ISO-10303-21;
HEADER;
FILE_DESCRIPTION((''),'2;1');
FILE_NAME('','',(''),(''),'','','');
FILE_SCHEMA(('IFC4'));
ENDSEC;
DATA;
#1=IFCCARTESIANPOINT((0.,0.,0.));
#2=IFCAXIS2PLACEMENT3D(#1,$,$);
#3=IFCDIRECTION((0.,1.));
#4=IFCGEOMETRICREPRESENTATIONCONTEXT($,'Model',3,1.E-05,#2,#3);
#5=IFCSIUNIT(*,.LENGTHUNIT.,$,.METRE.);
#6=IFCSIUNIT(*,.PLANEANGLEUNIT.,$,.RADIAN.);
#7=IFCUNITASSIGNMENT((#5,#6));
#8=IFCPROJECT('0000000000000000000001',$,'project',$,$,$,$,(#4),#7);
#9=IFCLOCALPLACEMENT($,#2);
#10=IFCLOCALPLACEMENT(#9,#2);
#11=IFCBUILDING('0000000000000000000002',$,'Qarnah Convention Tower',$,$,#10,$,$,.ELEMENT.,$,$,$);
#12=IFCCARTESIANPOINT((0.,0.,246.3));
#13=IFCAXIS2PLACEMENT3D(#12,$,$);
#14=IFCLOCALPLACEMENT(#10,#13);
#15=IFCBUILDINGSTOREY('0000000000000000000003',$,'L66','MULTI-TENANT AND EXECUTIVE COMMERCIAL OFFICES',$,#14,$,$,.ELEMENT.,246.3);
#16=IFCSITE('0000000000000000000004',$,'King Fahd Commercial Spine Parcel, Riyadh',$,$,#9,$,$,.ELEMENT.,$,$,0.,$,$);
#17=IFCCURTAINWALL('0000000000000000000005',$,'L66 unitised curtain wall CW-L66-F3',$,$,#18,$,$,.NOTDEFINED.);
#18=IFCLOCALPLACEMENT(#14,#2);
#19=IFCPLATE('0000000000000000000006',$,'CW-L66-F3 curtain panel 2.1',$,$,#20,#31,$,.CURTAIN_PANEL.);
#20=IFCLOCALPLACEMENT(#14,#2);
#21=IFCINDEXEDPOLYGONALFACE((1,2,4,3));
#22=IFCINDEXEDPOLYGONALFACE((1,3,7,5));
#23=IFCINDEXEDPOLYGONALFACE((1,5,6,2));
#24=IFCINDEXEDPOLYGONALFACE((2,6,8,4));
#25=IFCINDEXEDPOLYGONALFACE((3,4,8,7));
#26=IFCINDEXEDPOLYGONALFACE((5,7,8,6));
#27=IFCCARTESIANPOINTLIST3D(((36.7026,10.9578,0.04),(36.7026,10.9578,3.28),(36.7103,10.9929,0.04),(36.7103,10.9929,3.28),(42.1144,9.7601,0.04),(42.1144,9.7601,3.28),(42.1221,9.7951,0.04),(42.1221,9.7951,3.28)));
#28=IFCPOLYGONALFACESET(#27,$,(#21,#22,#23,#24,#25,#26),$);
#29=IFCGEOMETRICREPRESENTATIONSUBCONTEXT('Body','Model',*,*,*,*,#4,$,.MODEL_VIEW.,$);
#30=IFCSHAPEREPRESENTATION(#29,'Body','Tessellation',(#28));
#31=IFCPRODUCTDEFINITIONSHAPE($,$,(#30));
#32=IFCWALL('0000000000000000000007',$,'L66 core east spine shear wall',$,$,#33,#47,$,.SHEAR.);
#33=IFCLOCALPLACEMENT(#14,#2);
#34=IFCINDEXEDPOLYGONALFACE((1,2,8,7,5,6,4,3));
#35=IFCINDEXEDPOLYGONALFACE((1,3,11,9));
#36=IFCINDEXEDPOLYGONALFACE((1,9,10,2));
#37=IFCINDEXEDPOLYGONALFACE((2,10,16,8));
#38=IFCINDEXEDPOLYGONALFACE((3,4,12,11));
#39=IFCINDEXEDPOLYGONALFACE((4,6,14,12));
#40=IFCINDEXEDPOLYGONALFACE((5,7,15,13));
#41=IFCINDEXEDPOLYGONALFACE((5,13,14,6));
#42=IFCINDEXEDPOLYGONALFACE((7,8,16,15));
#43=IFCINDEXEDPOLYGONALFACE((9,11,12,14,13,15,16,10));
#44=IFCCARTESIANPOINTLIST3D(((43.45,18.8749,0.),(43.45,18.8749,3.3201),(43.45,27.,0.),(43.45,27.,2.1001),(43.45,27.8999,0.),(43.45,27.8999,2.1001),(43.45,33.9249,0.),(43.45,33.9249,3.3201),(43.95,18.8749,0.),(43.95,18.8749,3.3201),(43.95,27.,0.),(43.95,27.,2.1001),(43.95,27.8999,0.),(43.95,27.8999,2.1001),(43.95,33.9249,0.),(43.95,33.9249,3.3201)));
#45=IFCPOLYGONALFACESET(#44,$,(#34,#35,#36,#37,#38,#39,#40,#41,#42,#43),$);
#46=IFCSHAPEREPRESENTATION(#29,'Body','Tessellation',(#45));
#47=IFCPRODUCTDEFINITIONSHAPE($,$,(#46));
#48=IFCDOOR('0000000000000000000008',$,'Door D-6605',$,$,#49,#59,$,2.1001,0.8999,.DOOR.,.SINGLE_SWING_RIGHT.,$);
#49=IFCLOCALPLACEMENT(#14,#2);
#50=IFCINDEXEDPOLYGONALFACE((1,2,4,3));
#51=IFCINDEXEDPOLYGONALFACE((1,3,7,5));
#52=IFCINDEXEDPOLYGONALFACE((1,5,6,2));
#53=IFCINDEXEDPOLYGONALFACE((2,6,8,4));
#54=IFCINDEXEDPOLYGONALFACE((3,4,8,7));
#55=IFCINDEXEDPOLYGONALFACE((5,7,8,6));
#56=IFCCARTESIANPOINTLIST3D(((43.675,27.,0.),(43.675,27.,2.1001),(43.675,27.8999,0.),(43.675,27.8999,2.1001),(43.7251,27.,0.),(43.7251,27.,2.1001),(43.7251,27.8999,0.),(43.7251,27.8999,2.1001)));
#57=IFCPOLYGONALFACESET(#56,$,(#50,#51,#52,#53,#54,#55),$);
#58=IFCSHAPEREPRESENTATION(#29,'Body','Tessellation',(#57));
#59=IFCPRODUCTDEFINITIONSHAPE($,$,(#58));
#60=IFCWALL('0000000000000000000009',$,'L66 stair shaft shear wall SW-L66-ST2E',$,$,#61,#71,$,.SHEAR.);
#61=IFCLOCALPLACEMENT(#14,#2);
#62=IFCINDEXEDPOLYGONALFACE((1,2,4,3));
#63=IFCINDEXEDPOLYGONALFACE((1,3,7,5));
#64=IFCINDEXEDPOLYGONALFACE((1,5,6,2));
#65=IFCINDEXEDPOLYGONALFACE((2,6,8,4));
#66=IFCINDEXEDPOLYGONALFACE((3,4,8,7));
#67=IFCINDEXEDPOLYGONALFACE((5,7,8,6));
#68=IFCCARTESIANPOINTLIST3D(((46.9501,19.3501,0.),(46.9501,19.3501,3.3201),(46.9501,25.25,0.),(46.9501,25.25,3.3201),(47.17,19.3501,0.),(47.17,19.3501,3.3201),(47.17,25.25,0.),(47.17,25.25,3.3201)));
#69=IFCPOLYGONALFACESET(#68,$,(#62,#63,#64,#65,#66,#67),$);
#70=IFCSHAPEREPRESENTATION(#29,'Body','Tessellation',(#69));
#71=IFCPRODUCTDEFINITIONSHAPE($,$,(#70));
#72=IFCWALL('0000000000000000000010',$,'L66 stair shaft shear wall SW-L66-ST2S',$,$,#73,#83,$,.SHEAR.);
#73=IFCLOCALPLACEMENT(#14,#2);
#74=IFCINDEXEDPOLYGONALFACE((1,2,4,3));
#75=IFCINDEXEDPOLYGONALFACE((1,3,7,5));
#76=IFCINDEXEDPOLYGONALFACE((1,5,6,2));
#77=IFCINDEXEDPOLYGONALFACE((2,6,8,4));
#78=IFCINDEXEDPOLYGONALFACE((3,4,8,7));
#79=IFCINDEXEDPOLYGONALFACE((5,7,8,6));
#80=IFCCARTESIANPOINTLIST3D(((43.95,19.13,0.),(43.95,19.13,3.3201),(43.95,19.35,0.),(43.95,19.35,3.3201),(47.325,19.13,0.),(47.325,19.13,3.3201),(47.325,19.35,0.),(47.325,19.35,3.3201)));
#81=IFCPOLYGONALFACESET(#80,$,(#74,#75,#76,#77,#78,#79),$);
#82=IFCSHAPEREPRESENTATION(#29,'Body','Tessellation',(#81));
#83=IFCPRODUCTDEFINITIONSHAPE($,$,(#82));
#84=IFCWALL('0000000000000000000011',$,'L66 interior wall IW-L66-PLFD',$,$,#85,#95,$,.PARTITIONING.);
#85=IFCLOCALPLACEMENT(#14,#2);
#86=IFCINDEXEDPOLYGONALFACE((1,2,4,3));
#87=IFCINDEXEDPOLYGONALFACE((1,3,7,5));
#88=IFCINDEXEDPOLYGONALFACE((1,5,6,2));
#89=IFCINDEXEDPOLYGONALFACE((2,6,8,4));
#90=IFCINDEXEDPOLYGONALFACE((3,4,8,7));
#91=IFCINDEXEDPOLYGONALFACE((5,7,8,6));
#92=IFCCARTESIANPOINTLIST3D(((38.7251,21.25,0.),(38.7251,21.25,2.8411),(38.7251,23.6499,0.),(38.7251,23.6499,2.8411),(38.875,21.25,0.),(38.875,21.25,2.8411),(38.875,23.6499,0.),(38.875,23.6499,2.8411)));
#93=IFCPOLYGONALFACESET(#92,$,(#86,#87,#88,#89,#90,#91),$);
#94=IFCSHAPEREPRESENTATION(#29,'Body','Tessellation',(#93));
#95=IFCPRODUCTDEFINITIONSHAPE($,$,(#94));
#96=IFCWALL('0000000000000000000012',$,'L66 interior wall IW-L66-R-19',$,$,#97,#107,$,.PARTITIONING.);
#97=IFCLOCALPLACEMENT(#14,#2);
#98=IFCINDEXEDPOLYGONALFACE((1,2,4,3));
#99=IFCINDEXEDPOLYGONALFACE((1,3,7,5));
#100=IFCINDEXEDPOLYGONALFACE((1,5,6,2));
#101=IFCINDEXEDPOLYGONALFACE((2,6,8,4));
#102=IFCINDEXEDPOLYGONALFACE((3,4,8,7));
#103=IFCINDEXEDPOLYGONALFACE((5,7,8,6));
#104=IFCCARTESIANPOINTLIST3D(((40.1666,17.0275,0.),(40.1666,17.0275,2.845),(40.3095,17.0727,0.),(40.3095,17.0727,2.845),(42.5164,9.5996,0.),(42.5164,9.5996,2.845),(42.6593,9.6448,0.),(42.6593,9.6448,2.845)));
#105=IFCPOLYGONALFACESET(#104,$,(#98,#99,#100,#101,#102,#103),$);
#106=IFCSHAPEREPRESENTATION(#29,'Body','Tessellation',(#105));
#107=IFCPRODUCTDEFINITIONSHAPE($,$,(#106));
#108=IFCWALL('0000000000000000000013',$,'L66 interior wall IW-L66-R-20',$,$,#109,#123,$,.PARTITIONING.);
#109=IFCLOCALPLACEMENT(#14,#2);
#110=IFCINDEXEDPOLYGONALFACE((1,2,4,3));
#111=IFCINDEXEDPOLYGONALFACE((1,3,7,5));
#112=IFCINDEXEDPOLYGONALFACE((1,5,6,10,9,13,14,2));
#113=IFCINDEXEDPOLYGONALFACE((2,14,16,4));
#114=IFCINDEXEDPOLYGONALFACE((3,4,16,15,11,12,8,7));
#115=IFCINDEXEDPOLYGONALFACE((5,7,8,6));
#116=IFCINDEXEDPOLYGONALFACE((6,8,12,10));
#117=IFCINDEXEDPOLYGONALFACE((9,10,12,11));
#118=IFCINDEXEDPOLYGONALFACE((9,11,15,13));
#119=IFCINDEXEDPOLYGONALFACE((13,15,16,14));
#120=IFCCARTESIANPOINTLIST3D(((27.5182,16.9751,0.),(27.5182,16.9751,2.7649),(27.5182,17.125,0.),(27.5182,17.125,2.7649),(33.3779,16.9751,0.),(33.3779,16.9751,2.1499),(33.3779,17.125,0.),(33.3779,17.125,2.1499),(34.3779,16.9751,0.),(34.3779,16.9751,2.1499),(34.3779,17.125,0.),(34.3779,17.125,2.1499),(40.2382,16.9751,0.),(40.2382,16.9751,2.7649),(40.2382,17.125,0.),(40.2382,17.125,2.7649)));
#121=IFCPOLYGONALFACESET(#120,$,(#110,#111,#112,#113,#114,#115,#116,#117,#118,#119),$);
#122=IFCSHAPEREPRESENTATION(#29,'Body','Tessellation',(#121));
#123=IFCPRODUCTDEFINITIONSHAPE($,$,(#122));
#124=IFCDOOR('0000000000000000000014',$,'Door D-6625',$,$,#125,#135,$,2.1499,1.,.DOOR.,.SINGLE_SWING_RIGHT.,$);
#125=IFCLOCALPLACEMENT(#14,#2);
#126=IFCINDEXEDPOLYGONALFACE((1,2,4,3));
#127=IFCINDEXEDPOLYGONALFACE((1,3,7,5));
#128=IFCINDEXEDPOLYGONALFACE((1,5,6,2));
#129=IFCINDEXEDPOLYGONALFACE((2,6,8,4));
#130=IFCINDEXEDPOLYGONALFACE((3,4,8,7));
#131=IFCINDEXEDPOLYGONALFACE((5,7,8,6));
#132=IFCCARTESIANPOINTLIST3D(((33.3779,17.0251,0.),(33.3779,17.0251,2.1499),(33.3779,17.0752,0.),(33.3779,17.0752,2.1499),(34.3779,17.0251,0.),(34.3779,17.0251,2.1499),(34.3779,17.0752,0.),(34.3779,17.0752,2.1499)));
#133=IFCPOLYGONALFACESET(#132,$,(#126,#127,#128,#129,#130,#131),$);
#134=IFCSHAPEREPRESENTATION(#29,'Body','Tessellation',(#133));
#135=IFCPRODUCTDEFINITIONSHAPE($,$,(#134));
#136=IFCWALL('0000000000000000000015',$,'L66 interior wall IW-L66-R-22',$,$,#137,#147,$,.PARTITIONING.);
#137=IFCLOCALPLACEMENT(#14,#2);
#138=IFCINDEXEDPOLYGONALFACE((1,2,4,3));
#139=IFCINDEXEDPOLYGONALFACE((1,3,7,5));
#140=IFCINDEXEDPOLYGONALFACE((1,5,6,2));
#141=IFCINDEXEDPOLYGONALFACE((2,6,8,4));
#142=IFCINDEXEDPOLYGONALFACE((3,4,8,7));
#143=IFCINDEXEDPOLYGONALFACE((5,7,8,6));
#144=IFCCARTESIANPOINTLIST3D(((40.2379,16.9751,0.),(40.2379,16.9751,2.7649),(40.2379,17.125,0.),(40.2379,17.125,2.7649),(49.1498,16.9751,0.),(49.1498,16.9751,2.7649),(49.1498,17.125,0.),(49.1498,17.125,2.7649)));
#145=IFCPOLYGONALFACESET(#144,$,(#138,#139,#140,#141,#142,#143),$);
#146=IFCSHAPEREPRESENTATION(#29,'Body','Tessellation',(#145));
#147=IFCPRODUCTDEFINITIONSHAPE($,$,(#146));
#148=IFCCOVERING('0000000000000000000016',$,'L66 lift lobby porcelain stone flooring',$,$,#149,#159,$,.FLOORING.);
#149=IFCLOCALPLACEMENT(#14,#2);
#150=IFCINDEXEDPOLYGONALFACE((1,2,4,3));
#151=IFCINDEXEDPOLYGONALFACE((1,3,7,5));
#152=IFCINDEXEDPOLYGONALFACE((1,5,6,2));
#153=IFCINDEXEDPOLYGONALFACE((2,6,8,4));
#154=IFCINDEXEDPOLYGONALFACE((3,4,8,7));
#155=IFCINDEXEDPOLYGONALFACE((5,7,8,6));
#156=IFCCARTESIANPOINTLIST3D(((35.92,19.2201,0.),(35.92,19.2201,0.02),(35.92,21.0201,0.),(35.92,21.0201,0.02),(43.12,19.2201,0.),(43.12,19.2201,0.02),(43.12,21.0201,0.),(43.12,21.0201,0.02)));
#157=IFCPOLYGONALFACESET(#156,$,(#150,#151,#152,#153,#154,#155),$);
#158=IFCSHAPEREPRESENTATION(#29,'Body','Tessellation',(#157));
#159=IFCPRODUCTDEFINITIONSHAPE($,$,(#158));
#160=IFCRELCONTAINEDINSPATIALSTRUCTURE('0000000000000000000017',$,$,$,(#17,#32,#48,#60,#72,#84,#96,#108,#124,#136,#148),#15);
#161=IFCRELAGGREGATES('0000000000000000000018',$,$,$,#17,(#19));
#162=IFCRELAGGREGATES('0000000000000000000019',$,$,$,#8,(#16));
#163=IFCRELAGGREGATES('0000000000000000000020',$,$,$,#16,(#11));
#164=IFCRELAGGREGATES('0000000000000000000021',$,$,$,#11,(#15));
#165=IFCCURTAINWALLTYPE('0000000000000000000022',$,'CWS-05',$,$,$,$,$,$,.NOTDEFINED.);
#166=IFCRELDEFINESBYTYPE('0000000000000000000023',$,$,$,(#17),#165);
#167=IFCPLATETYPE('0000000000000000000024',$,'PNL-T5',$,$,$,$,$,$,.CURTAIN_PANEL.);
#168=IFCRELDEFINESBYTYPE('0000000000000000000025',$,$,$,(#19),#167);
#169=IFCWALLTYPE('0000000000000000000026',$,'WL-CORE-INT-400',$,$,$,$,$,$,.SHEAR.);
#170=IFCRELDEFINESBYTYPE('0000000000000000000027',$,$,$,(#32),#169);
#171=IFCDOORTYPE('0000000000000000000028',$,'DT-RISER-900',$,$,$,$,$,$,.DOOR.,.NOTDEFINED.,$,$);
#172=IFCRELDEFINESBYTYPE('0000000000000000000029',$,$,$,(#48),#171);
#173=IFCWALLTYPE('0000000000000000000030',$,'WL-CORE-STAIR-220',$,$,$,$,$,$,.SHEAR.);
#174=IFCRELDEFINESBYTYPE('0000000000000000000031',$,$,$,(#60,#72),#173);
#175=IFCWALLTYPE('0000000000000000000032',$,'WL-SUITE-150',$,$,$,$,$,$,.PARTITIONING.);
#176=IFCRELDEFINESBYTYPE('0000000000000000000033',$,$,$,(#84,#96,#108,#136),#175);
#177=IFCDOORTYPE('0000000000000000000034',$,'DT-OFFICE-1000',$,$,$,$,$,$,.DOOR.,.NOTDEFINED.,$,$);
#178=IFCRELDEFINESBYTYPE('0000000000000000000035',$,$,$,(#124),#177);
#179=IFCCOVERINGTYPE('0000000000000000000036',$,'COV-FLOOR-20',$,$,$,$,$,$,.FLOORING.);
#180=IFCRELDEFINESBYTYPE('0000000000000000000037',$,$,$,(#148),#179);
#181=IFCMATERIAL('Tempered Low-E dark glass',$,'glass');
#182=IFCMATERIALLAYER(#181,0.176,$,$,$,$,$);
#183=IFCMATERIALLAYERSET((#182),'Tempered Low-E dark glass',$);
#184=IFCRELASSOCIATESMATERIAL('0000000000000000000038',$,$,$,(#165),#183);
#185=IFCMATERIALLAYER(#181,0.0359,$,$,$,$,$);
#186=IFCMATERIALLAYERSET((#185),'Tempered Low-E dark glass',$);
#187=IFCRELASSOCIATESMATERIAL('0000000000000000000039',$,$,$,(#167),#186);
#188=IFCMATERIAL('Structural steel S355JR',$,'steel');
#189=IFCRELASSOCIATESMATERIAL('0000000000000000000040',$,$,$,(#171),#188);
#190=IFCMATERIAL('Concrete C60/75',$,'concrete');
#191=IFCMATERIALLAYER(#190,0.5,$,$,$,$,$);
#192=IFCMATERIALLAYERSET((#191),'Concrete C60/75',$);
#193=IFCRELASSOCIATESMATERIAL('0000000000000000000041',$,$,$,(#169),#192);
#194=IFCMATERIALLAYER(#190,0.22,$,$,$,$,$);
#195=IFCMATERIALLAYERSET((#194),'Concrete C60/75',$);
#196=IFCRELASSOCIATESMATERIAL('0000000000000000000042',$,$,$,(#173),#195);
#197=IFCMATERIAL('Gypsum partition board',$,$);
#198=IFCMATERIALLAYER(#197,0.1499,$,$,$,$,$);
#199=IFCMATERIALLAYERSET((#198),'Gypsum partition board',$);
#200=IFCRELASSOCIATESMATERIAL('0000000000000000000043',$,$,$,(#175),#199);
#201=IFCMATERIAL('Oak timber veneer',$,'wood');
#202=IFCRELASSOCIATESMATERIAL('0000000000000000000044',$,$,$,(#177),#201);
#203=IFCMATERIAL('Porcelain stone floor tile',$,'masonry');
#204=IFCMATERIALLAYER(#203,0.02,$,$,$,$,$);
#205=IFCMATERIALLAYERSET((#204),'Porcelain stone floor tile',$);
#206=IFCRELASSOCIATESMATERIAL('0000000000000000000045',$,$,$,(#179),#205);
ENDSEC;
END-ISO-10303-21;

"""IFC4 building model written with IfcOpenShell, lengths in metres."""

from ifc_helpers import new_model, si_unit, direction, frame, frame_2d, origin, origin_2d, place, context, subcontext, project, spatial, rectangle, extrude, material, layer, layer_set, type_object, element, fill, aggregate, save


model = new_model("IFC4")

# Units and contexts
model_context = context("Model", 3, precision=1e-05, world=origin(), true_north=direction((0.0, 1.0)))
body_context = subcontext(model_context, "Body", "Model", "MODEL_VIEW")
ifc_project = project(units=[si_unit("LENGTHUNIT", "METRE"), si_unit("PLANEANGLEUNIT", "RADIAN")], contexts=[model_context])

# Site, building, storey
site_placement = place(None, origin())
site = spatial("IfcSite", under=ifc_project, at=site_placement, Name="King Fahd Commercial Spine Parcel, Riyadh", CompositionType="ELEMENT", RefElevation=0.0)
building_placement = place(site_placement, origin())
building = spatial("IfcBuilding", under=site, at=building_placement, Name="Qarnah Convention Tower", CompositionType="ELEMENT")
storey_placement = place(building_placement, frame((0.0, 0.0, 246.3)))
storey = spatial("IfcBuildingStorey", under=building, at=storey_placement, Name="L66", Description="MULTI-TENANT AND EXECUTIVE COMMERCIAL OFFICES", CompositionType="ELEMENT", Elevation=246.3)

# Shared definitions
ifc_material_1 = material(Name="Structural steel S355JR", Category="steel")

# Shared definitions
ifc_material_2 = material(Name="Tempered Low-E dark glass", Category="glass")
ifc_layer_1 = layer(ifc_material_2, 0.176)
ifc_layer_set_1 = layer_set([ifc_layer_1], Name="Tempered Low-E dark glass")
curtain_wall_type = type_object("IfcCurtainWallType", Name="CWS-05", PredefinedType="NOTDEFINED", material=ifc_layer_set_1)

# Curtain wall
curtain_wall_1_placement = place(storey_placement, origin())
curtain_wall_1 = element("IfcCurtainWall", 1, at=curtain_wall_1_placement, inside=storey, type_object=curtain_wall_type, Name="L66 unitised curtain wall CW-L66-F3", PredefinedType="NOTDEFINED")

# Plate
ifc_layer_2 = layer(ifc_material_2, 0.0359)
ifc_layer_set_2 = layer_set([ifc_layer_2], Name="Tempered Low-E dark glass")
plate_type = type_object("IfcPlateType", Name="PNL-T5", PredefinedType="CURTAIN_PANEL", material=ifc_layer_set_2)
plate_1_placement = place(storey_placement, frame((39.4124, 10.3765, 0.04), z_axis=(0.0, 0.0, 1.0), x_axis=(-0.976373, 0.21609, 0.0)))
plate_1 = element("IfcPlate", 2, at=plate_1_placement, type_object=plate_type, Name="CW-L66-F3 curtain panel 2.1", PredefinedType="CURTAIN_PANEL", context=body_context, shape_type="SweptSolid", body=[
    extrude(rectangle(XDim=5.5427, YDim=0.0359, at=origin_2d()), origin(), (0.0, 0.0, 1.0), 3.24),
])
aggregate(curtain_wall_1, [plate_1])

# Shared definitions
ifc_material_3 = material(Name="Concrete C60/75", Category="concrete")
door_type_1 = type_object("IfcDoorType", Name="DT-RISER-900", OperationType="NOTDEFINED", PredefinedType="DOOR", material=ifc_material_1)

# Wall, opening, door
ifc_layer_3 = layer(ifc_material_3, 0.5)
ifc_layer_set_3 = layer_set([ifc_layer_3], Name="Concrete C60/75")
wall_type_1 = type_object("IfcWallType", Name="WL-CORE-INT-400", PredefinedType="SHEAR", material=ifc_layer_set_3)
wall_1_placement = place(storey_placement, frame((43.7, 18.875, 0.0), z_axis=(0.0, 0.0, 1.0), x_axis=(0.0, 1.0, 0.0)))
wall_1 = element("IfcWall", 3, at=wall_1_placement, inside=storey, type_object=wall_type_1, Name="L66 core east spine shear wall", PredefinedType="SHEAR", context=body_context, shape_type="SweptSolid", body=[
    extrude(rectangle(XDim=15.05, YDim=0.5, at=frame_2d((7.5249, 0.0))), origin(), (0.0, 0.0, 1.0), 3.3201),
])
opening_1_placement = place(wall_1_placement, frame((8.125, 0.0, 0.0)))
opening_1 = element("IfcOpeningElement", 4, at=opening_1_placement, cuts=wall_1, PredefinedType="OPENING", context=body_context, shape_type="SweptSolid", body=[
    extrude(rectangle(XDim=0.8999, YDim=2.1001, at=frame_2d((0.45, 1.05))), frame((0.0, 0.26, 0.0), z_axis=(0.0, -1.0, 0.0), x_axis=(1.0, 0.0, 0.0)), (0.0, 0.0, 1.0), 0.52),
])
door_1_placement = place(opening_1_placement, origin())
door_1 = element("IfcDoor", 5, at=door_1_placement, inside=storey, type_object=door_type_1, Name="Door D-6605", OperationType="SINGLE_SWING_RIGHT", OverallHeight=2.1001, OverallWidth=0.8999, PredefinedType="DOOR", context=body_context, shape_type="SweptSolid", body=[
    extrude(rectangle(XDim=0.8999, YDim=2.1001, at=frame_2d((0.45, 1.05))), frame((0.0, 0.0249, 0.0), z_axis=(0.0, -1.0, 0.0), x_axis=(1.0, 0.0, 0.0)), (0.0, 0.0, 1.0), 0.05),
])
fill(opening_1, door_1)

# Walls
ifc_layer_4 = layer(ifc_material_3, 0.22)
ifc_layer_set_4 = layer_set([ifc_layer_4], Name="Concrete C60/75")
wall_type_2 = type_object("IfcWallType", Name="WL-CORE-STAIR-220", PredefinedType="SHEAR", material=ifc_layer_set_4)
wall_2_placement = place(storey_placement, frame((47.0601, 19.3501, 0.0), z_axis=(0.0, 0.0, 1.0), x_axis=(0.0, 1.0, 0.0)))
element("IfcWall", 6, at=wall_2_placement, inside=storey, type_object=wall_type_2, Name="L66 stair shaft shear wall SW-L66-ST2E", PredefinedType="SHEAR", context=body_context, shape_type="SweptSolid", body=[
    extrude(rectangle(XDim=5.8999, YDim=0.22, at=frame_2d((2.95, 0.0))), origin(), (0.0, 0.0, 1.0), 3.3201),
])
wall_3_placement = place(storey_placement, frame((43.95, 19.24, 0.0), z_axis=(0.0, 0.0, 1.0), x_axis=(1.0, 0.0, 0.0)))
element("IfcWall", 7, at=wall_3_placement, inside=storey, type_object=wall_type_2, Name="L66 stair shaft shear wall SW-L66-ST2S", PredefinedType="SHEAR", context=body_context, shape_type="SweptSolid", body=[
    extrude(rectangle(XDim=3.375, YDim=0.22, at=frame_2d((1.6875, 0.0))), origin(), (0.0, 0.0, 1.0), 3.3201),
])

# Walls
ifc_material_4 = material(Name="Gypsum partition board")
ifc_layer_5 = layer(ifc_material_4, 0.1499)
ifc_layer_set_5 = layer_set([ifc_layer_5], Name="Gypsum partition board")
wall_type_3 = type_object("IfcWallType", Name="WL-SUITE-150", PredefinedType="PARTITIONING", material=ifc_layer_set_5)
wall_4_placement = place(storey_placement, frame((38.8, 21.25, 0.0), z_axis=(0.0, 0.0, 1.0), x_axis=(0.0, 1.0, 0.0)))
element("IfcWall", 8, at=wall_4_placement, inside=storey, type_object=wall_type_3, Name="L66 interior wall IW-L66-PLFD", PredefinedType="PARTITIONING", context=body_context, shape_type="SweptSolid", body=[
    extrude(rectangle(XDim=2.3999, YDim=0.1499, at=frame_2d((1.2, 0.0))), origin(), (0.0, 0.0, 1.0), 2.8411),
])
wall_5_placement = place(storey_placement, frame((42.5879, 9.6221, 0.0), z_axis=(0.0, 0.0, 1.0), x_axis=(-0.301619, 0.953429, 0.0)))
element("IfcWall", 9, at=wall_5_placement, inside=storey, type_object=wall_type_3, Name="L66 interior wall IW-L66-R-19", PredefinedType="PARTITIONING", context=body_context, shape_type="SweptSolid", body=[
    extrude(rectangle(XDim=7.7908, YDim=0.1499, at=frame_2d((3.8955, 0.0))), origin(), (0.0, 0.0, 1.0), 2.845),
])

# Wall, opening, door
wall_6_placement = place(storey_placement, frame((40.238, 17.05, 0.0), z_axis=(0.0, 0.0, 1.0), x_axis=(-1.0, 0.0, 0.0)))
wall_6 = element("IfcWall", 10, at=wall_6_placement, inside=storey, type_object=wall_type_3, Name="L66 interior wall IW-L66-R-20", PredefinedType="PARTITIONING", context=body_context, shape_type="SweptSolid", body=[
    extrude(rectangle(XDim=12.72, YDim=0.1499, at=frame_2d((6.3599, 0.0))), origin(), (0.0, 0.0, 1.0), 2.7649),
])
opening_2_placement = place(wall_6_placement, frame((5.8601, 0.0, 0.0)))
opening_2 = element("IfcOpeningElement", 11, at=opening_2_placement, cuts=wall_6, PredefinedType="OPENING", context=body_context, shape_type="SweptSolid", body=[
    extrude(rectangle(XDim=1.0, YDim=2.1499, at=frame_2d((0.5, 1.075))), frame((0.0, 0.085, 0.0), z_axis=(0.0, -1.0, 0.0), x_axis=(1.0, 0.0, 0.0)), (0.0, 0.0, 1.0), 0.1699),
])
ifc_material_5 = material(Name="Oak timber veneer", Category="wood")
door_type_2 = type_object("IfcDoorType", Name="DT-OFFICE-1000", OperationType="NOTDEFINED", PredefinedType="DOOR", material=ifc_material_5)
door_2_placement = place(opening_2_placement, origin())
door_2 = element("IfcDoor", 12, at=door_2_placement, inside=storey, type_object=door_type_2, Name="Door D-6625", OperationType="SINGLE_SWING_RIGHT", OverallHeight=2.1499, OverallWidth=1.0, PredefinedType="DOOR", context=body_context, shape_type="SweptSolid", body=[
    extrude(rectangle(XDim=1.0, YDim=2.1499, at=frame_2d((0.5, 1.075))), frame((0.0, 0.0249, 0.0), z_axis=(0.0, -1.0, 0.0), x_axis=(1.0, 0.0, 0.0)), (0.0, 0.0, 1.0), 0.05),
])
fill(opening_2, door_2)

# Wall
wall_7_placement = place(storey_placement, frame((49.1499, 17.05, 0.0), z_axis=(0.0, 0.0, 1.0), x_axis=(-1.0, 0.0, 0.0)))
element("IfcWall", 13, at=wall_7_placement, inside=storey, type_object=wall_type_3, Name="L66 interior wall IW-L66-R-22", PredefinedType="PARTITIONING", context=body_context, shape_type="SweptSolid", body=[
    extrude(rectangle(XDim=8.9119, YDim=0.1499, at=frame_2d((4.4561, 0.0))), origin(), (0.0, 0.0, 1.0), 2.7649),
])

# Covering
ifc_material_6 = material(Name="Porcelain stone floor tile", Category="masonry")
ifc_layer_6 = layer(ifc_material_6, 0.02)
ifc_layer_set_6 = layer_set([ifc_layer_6], Name="Porcelain stone floor tile")
covering_type = type_object("IfcCoveringType", Name="COV-FLOOR-20", PredefinedType="FLOORING", material=ifc_layer_set_6)
covering_placement = place(storey_placement, frame((39.52, 20.1201, 0.0), z_axis=(0.0, 0.0, 1.0), x_axis=(1.0, 0.0, 0.0)))
element("IfcCovering", 14, at=covering_placement, inside=storey, type_object=covering_type, Name="L66 lift lobby porcelain stone flooring", PredefinedType="FLOORING", context=body_context, shape_type="SweptSolid", body=[
    extrude(rectangle(XDim=7.2, YDim=1.8, at=origin_2d()), origin(), (0.0, 0.0, 1.0), 0.02),
])

save(model, "model.ifc")
